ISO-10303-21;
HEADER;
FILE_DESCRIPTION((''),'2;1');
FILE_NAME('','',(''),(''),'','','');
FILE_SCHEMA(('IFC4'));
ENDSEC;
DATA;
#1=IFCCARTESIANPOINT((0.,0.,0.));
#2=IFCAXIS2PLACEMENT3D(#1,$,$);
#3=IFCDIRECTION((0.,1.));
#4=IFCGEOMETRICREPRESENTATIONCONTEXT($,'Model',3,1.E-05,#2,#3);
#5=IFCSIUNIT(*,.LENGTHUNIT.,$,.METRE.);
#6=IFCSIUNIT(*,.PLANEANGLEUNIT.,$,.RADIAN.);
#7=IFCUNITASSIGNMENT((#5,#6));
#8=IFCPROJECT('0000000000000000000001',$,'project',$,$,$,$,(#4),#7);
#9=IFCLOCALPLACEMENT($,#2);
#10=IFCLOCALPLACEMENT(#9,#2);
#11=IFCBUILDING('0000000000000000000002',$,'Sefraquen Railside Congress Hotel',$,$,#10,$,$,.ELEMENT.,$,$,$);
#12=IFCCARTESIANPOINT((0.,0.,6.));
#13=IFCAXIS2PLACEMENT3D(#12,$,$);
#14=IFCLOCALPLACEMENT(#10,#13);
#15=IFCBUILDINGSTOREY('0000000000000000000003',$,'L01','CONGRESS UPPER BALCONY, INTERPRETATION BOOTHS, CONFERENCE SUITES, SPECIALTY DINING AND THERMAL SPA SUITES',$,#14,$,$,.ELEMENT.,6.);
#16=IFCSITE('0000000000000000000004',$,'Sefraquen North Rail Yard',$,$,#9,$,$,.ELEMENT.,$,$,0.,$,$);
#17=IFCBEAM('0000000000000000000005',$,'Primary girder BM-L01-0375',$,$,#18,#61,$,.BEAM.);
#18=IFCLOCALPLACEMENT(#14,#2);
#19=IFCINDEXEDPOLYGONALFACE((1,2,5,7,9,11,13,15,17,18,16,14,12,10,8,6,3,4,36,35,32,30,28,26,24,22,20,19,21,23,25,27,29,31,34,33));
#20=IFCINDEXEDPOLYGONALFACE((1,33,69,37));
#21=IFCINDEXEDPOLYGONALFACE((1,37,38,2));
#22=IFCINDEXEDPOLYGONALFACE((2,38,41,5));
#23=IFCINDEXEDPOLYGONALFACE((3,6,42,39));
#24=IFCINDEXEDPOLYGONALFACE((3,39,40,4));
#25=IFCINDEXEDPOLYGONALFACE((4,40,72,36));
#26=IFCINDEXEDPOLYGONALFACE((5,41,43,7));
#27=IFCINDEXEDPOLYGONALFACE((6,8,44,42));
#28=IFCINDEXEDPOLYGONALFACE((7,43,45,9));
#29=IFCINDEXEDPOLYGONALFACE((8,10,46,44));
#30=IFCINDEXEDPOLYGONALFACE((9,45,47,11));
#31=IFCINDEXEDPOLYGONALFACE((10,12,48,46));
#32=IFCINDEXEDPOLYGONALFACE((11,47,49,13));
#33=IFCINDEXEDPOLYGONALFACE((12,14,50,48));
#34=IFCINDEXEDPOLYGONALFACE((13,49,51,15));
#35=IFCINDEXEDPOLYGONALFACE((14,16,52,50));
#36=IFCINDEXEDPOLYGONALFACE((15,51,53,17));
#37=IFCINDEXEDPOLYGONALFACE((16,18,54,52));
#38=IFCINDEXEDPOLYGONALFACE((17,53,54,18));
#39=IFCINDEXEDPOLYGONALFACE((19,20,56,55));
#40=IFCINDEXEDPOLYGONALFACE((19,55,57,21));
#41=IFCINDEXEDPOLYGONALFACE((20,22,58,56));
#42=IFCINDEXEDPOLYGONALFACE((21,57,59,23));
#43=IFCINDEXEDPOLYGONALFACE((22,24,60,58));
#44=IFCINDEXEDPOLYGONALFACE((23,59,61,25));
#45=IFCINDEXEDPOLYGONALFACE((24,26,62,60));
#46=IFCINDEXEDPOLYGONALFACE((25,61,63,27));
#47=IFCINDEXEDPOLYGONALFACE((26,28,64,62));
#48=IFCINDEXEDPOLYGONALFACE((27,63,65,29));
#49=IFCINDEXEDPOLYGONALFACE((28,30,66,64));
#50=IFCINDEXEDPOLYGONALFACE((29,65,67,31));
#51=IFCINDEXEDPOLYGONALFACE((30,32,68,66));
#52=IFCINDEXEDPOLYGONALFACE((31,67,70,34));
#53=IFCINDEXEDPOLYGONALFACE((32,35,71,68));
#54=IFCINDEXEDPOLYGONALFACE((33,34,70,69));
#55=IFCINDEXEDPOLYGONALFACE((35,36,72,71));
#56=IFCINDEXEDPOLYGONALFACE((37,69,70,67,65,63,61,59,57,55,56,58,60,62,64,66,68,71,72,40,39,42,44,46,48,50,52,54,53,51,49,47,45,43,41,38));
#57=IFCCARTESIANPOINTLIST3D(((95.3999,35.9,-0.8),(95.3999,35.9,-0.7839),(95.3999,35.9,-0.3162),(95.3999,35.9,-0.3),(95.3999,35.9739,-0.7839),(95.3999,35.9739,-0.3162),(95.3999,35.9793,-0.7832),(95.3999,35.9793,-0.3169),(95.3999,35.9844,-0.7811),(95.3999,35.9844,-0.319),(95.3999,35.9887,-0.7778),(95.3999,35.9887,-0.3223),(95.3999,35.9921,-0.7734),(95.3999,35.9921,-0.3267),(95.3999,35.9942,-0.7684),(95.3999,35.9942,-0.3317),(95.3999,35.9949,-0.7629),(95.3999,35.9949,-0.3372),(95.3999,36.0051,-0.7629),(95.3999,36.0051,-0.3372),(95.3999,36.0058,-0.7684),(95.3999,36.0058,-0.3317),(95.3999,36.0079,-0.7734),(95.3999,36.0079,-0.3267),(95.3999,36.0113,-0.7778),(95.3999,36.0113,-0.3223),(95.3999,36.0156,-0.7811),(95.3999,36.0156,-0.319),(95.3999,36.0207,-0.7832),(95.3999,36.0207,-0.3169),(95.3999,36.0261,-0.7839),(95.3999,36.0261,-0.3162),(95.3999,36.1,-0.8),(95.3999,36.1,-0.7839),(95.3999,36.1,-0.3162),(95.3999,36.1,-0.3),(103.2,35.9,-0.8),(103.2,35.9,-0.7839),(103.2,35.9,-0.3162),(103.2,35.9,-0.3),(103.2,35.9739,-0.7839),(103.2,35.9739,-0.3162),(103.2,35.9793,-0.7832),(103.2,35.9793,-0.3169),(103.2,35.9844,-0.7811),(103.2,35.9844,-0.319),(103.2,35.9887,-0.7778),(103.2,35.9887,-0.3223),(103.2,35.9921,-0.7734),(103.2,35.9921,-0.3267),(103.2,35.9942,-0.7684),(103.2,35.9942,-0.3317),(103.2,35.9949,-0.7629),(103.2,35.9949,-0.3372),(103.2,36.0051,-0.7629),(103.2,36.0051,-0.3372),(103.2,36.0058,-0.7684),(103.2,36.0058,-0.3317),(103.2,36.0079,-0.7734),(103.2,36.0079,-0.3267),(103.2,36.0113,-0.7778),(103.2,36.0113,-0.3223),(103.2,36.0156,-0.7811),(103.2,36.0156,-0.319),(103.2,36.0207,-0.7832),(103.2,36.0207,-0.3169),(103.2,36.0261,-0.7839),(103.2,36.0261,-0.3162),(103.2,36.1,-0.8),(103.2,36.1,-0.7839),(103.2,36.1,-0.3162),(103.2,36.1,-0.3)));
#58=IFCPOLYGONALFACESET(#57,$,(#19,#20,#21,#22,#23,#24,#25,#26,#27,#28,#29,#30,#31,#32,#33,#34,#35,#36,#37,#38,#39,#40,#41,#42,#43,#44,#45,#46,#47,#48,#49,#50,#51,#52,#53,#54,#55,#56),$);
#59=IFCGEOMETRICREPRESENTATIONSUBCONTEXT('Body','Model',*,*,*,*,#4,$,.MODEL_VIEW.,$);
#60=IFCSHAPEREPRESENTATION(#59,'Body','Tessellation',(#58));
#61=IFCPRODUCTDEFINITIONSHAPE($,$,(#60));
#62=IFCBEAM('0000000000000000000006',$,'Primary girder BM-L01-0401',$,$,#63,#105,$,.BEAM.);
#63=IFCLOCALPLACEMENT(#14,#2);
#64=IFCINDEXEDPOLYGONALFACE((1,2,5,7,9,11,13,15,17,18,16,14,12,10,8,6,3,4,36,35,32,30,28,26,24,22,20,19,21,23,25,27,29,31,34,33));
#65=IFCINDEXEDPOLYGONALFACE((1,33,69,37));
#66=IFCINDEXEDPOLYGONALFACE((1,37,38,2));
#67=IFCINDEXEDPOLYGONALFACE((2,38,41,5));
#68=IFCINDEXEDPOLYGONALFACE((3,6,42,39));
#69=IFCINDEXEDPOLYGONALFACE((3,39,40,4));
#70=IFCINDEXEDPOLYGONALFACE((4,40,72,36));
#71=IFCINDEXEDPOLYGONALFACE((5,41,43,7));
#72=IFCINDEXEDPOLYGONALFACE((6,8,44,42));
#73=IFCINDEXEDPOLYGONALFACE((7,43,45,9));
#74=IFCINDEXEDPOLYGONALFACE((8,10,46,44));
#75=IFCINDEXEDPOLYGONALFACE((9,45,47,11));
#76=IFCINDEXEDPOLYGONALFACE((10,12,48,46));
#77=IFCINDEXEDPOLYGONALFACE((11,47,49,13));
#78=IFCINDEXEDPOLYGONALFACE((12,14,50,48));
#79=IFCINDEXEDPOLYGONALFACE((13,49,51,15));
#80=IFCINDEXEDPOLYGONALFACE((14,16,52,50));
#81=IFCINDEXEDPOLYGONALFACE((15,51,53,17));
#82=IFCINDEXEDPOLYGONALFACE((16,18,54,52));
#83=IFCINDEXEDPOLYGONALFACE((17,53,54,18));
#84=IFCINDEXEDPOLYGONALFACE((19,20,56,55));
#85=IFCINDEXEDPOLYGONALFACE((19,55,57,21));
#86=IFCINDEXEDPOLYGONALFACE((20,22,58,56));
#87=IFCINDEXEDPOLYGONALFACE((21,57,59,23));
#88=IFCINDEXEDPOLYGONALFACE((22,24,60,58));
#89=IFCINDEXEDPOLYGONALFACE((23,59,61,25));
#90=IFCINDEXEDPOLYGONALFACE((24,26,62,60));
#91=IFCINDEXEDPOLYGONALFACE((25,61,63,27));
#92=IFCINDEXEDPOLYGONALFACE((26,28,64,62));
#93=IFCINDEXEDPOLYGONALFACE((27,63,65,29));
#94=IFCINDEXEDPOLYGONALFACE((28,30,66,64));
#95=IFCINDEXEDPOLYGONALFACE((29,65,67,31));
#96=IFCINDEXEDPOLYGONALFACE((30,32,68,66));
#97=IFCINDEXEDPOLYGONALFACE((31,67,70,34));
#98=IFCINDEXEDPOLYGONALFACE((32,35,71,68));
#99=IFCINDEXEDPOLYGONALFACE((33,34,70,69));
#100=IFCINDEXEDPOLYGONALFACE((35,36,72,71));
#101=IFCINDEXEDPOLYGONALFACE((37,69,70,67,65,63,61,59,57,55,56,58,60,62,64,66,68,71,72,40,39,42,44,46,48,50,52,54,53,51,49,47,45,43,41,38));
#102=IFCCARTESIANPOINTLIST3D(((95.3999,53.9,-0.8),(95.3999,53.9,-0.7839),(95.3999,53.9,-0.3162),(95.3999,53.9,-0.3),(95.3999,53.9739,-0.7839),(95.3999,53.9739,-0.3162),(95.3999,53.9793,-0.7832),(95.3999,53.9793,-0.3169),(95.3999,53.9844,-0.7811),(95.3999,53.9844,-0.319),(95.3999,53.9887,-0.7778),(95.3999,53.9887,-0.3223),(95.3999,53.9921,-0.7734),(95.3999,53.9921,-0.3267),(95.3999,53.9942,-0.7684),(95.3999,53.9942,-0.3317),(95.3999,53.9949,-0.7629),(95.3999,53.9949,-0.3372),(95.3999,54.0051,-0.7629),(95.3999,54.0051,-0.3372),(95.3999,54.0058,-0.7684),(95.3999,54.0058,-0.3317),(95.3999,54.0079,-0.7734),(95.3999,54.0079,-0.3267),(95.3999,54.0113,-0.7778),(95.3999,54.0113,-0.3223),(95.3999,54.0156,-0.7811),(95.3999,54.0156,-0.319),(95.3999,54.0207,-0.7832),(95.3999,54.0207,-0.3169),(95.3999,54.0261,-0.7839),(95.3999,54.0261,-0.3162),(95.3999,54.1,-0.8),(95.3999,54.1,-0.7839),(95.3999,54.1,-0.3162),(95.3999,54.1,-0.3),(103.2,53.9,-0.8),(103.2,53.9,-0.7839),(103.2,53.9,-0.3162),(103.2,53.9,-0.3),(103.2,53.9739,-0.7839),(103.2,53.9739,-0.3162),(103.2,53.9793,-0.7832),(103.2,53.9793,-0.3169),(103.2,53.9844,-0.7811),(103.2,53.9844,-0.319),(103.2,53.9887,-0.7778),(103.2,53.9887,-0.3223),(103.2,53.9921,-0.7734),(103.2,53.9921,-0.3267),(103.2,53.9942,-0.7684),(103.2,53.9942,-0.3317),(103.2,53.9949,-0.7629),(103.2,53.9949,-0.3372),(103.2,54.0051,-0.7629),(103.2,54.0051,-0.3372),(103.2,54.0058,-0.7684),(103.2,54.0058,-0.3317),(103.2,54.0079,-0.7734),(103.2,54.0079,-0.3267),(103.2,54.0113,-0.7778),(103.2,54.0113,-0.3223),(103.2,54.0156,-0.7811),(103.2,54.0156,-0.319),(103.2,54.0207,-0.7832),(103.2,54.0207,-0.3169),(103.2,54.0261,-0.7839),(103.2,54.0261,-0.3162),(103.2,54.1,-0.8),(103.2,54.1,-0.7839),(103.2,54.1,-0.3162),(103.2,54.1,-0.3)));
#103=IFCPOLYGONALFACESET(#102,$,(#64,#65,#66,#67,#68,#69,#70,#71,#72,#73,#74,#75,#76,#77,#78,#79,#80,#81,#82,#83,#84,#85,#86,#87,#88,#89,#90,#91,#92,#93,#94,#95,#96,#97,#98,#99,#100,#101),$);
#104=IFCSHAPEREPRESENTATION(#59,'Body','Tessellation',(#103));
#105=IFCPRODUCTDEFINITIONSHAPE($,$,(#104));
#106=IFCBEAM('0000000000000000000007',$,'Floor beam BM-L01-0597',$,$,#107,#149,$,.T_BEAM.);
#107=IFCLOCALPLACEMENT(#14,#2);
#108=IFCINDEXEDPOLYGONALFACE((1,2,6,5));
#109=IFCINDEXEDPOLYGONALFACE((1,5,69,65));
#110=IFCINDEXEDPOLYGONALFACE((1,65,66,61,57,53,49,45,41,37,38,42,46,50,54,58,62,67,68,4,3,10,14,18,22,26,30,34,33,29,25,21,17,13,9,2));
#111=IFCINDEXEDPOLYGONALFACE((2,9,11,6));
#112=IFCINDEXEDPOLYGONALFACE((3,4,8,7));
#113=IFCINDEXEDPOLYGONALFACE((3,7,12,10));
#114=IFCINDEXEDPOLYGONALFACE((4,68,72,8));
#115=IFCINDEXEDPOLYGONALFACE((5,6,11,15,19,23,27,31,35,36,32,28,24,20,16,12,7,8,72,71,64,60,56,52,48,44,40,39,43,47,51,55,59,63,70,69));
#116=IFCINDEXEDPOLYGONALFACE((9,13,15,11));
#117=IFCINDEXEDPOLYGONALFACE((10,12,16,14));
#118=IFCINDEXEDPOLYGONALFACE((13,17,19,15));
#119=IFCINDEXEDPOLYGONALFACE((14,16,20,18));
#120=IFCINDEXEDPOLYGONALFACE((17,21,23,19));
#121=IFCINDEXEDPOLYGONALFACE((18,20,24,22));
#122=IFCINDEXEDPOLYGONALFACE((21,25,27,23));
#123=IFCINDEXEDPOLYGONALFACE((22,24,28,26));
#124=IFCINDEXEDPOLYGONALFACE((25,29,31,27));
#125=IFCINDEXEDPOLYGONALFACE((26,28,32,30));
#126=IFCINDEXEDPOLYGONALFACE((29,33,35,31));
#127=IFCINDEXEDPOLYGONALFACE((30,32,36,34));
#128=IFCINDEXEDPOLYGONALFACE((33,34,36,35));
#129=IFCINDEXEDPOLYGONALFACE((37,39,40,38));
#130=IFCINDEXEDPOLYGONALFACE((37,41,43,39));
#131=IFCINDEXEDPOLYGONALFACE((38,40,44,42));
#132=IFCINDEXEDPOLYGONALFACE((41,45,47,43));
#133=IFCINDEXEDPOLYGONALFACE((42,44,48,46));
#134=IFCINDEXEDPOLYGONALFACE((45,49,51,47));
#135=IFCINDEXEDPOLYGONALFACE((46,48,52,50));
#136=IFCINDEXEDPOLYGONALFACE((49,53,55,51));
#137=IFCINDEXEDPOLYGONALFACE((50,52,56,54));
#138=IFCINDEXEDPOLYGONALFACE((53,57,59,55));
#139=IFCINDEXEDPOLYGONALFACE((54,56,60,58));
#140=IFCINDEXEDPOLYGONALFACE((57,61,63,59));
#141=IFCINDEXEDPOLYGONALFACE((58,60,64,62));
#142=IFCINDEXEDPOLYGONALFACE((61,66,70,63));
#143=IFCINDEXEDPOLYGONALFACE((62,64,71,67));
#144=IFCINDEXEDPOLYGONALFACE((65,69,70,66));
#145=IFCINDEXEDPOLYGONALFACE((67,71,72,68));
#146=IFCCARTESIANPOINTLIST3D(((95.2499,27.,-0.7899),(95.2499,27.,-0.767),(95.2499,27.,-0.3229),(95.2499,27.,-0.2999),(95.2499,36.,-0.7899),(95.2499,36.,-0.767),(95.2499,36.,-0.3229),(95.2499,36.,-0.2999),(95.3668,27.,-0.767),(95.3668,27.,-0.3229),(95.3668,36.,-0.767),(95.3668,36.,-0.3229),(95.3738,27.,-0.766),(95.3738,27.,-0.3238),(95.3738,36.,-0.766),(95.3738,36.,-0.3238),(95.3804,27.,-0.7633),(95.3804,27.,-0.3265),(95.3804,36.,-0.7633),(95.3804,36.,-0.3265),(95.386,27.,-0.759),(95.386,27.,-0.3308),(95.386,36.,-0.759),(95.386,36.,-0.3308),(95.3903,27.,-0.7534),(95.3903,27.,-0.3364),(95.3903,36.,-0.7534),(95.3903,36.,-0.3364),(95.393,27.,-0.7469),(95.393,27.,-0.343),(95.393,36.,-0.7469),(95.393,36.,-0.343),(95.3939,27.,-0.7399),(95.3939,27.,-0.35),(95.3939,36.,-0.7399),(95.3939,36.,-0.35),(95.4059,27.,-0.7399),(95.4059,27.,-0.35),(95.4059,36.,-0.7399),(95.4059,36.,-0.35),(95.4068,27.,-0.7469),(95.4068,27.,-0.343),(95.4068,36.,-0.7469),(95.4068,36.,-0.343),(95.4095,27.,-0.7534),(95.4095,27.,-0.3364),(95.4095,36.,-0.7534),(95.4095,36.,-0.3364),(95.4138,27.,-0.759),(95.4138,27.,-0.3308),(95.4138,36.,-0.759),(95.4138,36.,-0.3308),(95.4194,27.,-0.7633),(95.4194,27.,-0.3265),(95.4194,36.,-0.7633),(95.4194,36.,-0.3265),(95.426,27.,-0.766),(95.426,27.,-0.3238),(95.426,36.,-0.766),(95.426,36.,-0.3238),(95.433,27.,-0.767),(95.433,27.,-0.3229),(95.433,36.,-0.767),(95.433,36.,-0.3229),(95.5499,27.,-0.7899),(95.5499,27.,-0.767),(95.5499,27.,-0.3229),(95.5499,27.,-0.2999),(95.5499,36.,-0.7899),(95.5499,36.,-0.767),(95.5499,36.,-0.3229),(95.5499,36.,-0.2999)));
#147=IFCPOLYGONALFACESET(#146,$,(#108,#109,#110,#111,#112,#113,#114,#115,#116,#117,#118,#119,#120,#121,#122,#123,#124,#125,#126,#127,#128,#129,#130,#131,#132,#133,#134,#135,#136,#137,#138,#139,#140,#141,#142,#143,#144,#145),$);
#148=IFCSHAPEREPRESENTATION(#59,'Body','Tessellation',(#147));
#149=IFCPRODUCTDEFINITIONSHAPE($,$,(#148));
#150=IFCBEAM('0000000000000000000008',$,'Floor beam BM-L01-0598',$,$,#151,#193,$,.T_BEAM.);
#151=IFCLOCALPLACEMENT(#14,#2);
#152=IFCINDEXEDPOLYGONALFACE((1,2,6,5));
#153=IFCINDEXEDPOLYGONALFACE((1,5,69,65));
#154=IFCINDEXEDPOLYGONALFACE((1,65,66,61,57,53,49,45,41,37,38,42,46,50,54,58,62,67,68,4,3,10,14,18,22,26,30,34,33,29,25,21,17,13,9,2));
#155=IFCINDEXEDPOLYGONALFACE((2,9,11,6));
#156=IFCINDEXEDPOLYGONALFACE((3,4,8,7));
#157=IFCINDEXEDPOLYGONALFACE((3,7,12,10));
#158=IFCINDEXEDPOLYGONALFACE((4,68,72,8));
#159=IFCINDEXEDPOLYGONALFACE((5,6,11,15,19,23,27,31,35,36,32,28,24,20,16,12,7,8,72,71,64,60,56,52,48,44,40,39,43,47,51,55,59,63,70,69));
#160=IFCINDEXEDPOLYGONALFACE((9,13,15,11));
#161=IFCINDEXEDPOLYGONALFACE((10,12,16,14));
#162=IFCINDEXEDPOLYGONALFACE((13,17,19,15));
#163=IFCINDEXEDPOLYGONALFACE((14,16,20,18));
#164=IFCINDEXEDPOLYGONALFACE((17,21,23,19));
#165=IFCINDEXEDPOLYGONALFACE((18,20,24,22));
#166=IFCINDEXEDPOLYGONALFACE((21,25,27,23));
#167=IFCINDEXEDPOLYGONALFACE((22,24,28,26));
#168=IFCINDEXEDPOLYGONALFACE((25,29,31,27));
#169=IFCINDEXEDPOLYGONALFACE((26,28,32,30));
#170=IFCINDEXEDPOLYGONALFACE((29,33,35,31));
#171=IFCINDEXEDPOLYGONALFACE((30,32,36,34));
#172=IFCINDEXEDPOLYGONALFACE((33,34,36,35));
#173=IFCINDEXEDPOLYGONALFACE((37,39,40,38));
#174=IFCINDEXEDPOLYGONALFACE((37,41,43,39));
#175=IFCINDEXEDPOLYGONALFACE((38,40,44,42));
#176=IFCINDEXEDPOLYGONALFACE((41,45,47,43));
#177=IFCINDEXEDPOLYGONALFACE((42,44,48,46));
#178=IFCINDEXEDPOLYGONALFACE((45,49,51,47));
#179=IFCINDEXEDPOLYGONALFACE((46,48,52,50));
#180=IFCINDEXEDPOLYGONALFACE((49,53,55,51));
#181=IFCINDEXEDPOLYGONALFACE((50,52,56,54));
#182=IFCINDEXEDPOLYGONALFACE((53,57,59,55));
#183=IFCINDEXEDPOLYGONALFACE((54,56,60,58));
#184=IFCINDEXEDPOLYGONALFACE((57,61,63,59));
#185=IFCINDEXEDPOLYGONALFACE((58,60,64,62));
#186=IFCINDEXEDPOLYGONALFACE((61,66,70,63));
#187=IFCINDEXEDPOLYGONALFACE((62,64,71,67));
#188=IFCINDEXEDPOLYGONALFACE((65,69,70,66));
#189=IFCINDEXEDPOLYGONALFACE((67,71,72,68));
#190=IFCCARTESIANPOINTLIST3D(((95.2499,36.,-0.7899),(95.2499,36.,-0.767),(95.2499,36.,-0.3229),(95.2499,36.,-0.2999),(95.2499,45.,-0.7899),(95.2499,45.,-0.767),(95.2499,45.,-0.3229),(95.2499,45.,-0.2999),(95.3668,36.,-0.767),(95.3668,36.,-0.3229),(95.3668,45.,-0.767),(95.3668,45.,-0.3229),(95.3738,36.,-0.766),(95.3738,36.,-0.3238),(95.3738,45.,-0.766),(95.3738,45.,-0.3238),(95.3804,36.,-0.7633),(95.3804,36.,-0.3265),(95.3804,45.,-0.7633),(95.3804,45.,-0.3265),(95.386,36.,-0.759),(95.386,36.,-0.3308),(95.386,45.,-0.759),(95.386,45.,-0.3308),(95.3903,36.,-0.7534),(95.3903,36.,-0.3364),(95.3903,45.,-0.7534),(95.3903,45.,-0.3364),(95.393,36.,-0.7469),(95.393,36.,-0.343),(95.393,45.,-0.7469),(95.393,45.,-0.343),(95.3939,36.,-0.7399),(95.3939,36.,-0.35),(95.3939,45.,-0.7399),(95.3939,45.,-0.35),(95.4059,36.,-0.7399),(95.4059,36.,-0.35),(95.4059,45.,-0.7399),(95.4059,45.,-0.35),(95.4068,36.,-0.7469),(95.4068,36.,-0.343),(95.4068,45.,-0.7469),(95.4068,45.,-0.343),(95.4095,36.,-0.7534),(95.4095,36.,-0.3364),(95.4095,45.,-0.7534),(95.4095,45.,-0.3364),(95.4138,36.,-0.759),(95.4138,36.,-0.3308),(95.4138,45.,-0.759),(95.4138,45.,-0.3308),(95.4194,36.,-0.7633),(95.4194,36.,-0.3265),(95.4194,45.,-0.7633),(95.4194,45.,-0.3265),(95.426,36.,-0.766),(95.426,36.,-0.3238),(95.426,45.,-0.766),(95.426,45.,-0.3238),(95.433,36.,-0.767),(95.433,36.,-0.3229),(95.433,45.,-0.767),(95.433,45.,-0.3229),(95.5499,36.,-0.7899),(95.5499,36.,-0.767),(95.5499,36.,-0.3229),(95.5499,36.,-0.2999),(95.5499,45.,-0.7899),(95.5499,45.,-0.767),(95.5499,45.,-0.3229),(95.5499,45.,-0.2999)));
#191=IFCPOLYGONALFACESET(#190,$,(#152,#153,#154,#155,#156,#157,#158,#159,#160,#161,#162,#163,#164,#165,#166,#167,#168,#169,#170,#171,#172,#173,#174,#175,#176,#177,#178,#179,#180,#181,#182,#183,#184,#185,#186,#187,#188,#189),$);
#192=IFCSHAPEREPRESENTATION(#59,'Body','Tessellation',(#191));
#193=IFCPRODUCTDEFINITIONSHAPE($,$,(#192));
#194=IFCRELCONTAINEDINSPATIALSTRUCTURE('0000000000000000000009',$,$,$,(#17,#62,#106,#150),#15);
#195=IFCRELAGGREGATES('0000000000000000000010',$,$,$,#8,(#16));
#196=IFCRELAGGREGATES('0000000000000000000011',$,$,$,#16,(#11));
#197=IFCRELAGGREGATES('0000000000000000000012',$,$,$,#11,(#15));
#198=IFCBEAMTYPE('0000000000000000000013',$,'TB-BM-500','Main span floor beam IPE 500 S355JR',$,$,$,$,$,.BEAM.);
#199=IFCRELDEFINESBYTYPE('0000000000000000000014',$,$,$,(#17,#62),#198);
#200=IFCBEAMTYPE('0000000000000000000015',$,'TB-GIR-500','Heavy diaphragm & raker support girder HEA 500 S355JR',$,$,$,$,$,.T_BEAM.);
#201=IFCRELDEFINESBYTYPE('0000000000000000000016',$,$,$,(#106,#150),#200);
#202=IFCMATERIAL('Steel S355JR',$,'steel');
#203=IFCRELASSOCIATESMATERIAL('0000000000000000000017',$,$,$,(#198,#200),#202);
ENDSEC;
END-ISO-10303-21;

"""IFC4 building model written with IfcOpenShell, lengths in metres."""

from ifc_helpers import new_model, si_unit, direction, frame, origin, origin_2d, place, context, subcontext, project, spatial, i_section, extrude, material, material_profile, profile_set, type_object, element, save


model = new_model("IFC4")

# Units and contexts
model_context = context("Model", 3, precision=1e-05, world=origin(), true_north=direction((0.0, 1.0)))
body_context = subcontext(model_context, "Body", "Model", "MODEL_VIEW")
ifc_project = project(units=[si_unit("LENGTHUNIT", "METRE"), si_unit("PLANEANGLEUNIT", "RADIAN")], contexts=[model_context])

# Site, building, storey
site_placement = place(None, origin())
site = spatial("IfcSite", under=ifc_project, at=site_placement, Name="Sefraquen North Rail Yard", CompositionType="ELEMENT", RefElevation=0.0)
building_placement = place(site_placement, origin())
building = spatial("IfcBuilding", under=site, at=building_placement, Name="Sefraquen Railside Congress Hotel", CompositionType="ELEMENT")
storey_placement = place(building_placement, frame((0.0, 0.0, 6.0)))
storey = spatial("IfcBuildingStorey", under=building, at=storey_placement, Name="L01", Description="CONGRESS UPPER BALCONY, INTERPRETATION BOOTHS, CONFERENCE SUITES, SPECIALTY DINING AND THERMAL SPA SUITES", CompositionType="ELEMENT", Elevation=6.0)

# Shared definitions
ifc_material_1 = material(Name="Steel S355JR", Category="steel")

# Beams
ifc_material_profile_1 = material_profile(ifc_material_1, i_section(OverallWidth=0.2, OverallDepth=0.5, WebThickness=0.0103, FlangeThickness=0.0161, FilletRadius=0.021, at=origin_2d()), Name="IPE 500")
ifc_profile_set_1 = profile_set([ifc_material_profile_1], Name="Steel S355JR")
beam_type_1 = type_object("IfcBeamType", Name="TB-BM-500", Description="Main span floor beam IPE 500 S355JR", PredefinedType="BEAM", material=ifc_profile_set_1)
for number, where, z_axis, x_axis, name in (
    (1, (95.3999, 36.0, -0.55), (1.0, 0.0, 0.0), (0.0, 1.0, 0.0), "Primary girder BM-L01-0375"),
    (2, (95.3999, 54.0, -0.55), (1.0, 0.0, 0.0), (0.0, 1.0, 0.0), "Primary girder BM-L01-0401"),
):
    element("IfcBeam", number, at=place(storey_placement, frame(where, z_axis=z_axis, x_axis=x_axis)), inside=storey, type_object=beam_type_1, Name=name, PredefinedType="BEAM", context=body_context, shape_type="SweptSolid", body=[
        extrude(i_section(OverallWidth=0.2, OverallDepth=0.5, WebThickness=0.0103, FlangeThickness=0.0161, FilletRadius=0.021, at=origin_2d()), origin(), (0.0, 0.0, 1.0), 7.8),
    ])
ifc_material_profile_2 = material_profile(ifc_material_1, i_section(OverallWidth=0.3, OverallDepth=0.49, WebThickness=0.012, FlangeThickness=0.0229, FilletRadius=0.0271, at=origin_2d()), Name="HEA 500")
ifc_profile_set_2 = profile_set([ifc_material_profile_2], Name="Steel S355JR")
beam_type_2 = type_object("IfcBeamType", Name="TB-GIR-500", Description="Heavy diaphragm & raker support girder HEA 500 S355JR", PredefinedType="T_BEAM", material=ifc_profile_set_2)
for number, where, z_axis, x_axis, name in (
    (3, (95.3999, 27.0, -0.5449), (0.0, 1.0, 0.0), (-1.0, 0.0, 0.0), "Floor beam BM-L01-0597"),
    (4, (95.3999, 36.0, -0.5449), (0.0, 1.0, 0.0), (-1.0, 0.0, 0.0), "Floor beam BM-L01-0598"),
):
    element("IfcBeam", number, at=place(storey_placement, frame(where, z_axis=z_axis, x_axis=x_axis)), inside=storey, type_object=beam_type_2, Name=name, PredefinedType="T_BEAM", context=body_context, shape_type="SweptSolid", body=[
        extrude(i_section(OverallWidth=0.3, OverallDepth=0.49, WebThickness=0.012, FlangeThickness=0.0229, FilletRadius=0.0271, at=origin_2d()), origin(), (0.0, 0.0, 1.0), 9.0),
    ])

save(model, "model.ifc")
